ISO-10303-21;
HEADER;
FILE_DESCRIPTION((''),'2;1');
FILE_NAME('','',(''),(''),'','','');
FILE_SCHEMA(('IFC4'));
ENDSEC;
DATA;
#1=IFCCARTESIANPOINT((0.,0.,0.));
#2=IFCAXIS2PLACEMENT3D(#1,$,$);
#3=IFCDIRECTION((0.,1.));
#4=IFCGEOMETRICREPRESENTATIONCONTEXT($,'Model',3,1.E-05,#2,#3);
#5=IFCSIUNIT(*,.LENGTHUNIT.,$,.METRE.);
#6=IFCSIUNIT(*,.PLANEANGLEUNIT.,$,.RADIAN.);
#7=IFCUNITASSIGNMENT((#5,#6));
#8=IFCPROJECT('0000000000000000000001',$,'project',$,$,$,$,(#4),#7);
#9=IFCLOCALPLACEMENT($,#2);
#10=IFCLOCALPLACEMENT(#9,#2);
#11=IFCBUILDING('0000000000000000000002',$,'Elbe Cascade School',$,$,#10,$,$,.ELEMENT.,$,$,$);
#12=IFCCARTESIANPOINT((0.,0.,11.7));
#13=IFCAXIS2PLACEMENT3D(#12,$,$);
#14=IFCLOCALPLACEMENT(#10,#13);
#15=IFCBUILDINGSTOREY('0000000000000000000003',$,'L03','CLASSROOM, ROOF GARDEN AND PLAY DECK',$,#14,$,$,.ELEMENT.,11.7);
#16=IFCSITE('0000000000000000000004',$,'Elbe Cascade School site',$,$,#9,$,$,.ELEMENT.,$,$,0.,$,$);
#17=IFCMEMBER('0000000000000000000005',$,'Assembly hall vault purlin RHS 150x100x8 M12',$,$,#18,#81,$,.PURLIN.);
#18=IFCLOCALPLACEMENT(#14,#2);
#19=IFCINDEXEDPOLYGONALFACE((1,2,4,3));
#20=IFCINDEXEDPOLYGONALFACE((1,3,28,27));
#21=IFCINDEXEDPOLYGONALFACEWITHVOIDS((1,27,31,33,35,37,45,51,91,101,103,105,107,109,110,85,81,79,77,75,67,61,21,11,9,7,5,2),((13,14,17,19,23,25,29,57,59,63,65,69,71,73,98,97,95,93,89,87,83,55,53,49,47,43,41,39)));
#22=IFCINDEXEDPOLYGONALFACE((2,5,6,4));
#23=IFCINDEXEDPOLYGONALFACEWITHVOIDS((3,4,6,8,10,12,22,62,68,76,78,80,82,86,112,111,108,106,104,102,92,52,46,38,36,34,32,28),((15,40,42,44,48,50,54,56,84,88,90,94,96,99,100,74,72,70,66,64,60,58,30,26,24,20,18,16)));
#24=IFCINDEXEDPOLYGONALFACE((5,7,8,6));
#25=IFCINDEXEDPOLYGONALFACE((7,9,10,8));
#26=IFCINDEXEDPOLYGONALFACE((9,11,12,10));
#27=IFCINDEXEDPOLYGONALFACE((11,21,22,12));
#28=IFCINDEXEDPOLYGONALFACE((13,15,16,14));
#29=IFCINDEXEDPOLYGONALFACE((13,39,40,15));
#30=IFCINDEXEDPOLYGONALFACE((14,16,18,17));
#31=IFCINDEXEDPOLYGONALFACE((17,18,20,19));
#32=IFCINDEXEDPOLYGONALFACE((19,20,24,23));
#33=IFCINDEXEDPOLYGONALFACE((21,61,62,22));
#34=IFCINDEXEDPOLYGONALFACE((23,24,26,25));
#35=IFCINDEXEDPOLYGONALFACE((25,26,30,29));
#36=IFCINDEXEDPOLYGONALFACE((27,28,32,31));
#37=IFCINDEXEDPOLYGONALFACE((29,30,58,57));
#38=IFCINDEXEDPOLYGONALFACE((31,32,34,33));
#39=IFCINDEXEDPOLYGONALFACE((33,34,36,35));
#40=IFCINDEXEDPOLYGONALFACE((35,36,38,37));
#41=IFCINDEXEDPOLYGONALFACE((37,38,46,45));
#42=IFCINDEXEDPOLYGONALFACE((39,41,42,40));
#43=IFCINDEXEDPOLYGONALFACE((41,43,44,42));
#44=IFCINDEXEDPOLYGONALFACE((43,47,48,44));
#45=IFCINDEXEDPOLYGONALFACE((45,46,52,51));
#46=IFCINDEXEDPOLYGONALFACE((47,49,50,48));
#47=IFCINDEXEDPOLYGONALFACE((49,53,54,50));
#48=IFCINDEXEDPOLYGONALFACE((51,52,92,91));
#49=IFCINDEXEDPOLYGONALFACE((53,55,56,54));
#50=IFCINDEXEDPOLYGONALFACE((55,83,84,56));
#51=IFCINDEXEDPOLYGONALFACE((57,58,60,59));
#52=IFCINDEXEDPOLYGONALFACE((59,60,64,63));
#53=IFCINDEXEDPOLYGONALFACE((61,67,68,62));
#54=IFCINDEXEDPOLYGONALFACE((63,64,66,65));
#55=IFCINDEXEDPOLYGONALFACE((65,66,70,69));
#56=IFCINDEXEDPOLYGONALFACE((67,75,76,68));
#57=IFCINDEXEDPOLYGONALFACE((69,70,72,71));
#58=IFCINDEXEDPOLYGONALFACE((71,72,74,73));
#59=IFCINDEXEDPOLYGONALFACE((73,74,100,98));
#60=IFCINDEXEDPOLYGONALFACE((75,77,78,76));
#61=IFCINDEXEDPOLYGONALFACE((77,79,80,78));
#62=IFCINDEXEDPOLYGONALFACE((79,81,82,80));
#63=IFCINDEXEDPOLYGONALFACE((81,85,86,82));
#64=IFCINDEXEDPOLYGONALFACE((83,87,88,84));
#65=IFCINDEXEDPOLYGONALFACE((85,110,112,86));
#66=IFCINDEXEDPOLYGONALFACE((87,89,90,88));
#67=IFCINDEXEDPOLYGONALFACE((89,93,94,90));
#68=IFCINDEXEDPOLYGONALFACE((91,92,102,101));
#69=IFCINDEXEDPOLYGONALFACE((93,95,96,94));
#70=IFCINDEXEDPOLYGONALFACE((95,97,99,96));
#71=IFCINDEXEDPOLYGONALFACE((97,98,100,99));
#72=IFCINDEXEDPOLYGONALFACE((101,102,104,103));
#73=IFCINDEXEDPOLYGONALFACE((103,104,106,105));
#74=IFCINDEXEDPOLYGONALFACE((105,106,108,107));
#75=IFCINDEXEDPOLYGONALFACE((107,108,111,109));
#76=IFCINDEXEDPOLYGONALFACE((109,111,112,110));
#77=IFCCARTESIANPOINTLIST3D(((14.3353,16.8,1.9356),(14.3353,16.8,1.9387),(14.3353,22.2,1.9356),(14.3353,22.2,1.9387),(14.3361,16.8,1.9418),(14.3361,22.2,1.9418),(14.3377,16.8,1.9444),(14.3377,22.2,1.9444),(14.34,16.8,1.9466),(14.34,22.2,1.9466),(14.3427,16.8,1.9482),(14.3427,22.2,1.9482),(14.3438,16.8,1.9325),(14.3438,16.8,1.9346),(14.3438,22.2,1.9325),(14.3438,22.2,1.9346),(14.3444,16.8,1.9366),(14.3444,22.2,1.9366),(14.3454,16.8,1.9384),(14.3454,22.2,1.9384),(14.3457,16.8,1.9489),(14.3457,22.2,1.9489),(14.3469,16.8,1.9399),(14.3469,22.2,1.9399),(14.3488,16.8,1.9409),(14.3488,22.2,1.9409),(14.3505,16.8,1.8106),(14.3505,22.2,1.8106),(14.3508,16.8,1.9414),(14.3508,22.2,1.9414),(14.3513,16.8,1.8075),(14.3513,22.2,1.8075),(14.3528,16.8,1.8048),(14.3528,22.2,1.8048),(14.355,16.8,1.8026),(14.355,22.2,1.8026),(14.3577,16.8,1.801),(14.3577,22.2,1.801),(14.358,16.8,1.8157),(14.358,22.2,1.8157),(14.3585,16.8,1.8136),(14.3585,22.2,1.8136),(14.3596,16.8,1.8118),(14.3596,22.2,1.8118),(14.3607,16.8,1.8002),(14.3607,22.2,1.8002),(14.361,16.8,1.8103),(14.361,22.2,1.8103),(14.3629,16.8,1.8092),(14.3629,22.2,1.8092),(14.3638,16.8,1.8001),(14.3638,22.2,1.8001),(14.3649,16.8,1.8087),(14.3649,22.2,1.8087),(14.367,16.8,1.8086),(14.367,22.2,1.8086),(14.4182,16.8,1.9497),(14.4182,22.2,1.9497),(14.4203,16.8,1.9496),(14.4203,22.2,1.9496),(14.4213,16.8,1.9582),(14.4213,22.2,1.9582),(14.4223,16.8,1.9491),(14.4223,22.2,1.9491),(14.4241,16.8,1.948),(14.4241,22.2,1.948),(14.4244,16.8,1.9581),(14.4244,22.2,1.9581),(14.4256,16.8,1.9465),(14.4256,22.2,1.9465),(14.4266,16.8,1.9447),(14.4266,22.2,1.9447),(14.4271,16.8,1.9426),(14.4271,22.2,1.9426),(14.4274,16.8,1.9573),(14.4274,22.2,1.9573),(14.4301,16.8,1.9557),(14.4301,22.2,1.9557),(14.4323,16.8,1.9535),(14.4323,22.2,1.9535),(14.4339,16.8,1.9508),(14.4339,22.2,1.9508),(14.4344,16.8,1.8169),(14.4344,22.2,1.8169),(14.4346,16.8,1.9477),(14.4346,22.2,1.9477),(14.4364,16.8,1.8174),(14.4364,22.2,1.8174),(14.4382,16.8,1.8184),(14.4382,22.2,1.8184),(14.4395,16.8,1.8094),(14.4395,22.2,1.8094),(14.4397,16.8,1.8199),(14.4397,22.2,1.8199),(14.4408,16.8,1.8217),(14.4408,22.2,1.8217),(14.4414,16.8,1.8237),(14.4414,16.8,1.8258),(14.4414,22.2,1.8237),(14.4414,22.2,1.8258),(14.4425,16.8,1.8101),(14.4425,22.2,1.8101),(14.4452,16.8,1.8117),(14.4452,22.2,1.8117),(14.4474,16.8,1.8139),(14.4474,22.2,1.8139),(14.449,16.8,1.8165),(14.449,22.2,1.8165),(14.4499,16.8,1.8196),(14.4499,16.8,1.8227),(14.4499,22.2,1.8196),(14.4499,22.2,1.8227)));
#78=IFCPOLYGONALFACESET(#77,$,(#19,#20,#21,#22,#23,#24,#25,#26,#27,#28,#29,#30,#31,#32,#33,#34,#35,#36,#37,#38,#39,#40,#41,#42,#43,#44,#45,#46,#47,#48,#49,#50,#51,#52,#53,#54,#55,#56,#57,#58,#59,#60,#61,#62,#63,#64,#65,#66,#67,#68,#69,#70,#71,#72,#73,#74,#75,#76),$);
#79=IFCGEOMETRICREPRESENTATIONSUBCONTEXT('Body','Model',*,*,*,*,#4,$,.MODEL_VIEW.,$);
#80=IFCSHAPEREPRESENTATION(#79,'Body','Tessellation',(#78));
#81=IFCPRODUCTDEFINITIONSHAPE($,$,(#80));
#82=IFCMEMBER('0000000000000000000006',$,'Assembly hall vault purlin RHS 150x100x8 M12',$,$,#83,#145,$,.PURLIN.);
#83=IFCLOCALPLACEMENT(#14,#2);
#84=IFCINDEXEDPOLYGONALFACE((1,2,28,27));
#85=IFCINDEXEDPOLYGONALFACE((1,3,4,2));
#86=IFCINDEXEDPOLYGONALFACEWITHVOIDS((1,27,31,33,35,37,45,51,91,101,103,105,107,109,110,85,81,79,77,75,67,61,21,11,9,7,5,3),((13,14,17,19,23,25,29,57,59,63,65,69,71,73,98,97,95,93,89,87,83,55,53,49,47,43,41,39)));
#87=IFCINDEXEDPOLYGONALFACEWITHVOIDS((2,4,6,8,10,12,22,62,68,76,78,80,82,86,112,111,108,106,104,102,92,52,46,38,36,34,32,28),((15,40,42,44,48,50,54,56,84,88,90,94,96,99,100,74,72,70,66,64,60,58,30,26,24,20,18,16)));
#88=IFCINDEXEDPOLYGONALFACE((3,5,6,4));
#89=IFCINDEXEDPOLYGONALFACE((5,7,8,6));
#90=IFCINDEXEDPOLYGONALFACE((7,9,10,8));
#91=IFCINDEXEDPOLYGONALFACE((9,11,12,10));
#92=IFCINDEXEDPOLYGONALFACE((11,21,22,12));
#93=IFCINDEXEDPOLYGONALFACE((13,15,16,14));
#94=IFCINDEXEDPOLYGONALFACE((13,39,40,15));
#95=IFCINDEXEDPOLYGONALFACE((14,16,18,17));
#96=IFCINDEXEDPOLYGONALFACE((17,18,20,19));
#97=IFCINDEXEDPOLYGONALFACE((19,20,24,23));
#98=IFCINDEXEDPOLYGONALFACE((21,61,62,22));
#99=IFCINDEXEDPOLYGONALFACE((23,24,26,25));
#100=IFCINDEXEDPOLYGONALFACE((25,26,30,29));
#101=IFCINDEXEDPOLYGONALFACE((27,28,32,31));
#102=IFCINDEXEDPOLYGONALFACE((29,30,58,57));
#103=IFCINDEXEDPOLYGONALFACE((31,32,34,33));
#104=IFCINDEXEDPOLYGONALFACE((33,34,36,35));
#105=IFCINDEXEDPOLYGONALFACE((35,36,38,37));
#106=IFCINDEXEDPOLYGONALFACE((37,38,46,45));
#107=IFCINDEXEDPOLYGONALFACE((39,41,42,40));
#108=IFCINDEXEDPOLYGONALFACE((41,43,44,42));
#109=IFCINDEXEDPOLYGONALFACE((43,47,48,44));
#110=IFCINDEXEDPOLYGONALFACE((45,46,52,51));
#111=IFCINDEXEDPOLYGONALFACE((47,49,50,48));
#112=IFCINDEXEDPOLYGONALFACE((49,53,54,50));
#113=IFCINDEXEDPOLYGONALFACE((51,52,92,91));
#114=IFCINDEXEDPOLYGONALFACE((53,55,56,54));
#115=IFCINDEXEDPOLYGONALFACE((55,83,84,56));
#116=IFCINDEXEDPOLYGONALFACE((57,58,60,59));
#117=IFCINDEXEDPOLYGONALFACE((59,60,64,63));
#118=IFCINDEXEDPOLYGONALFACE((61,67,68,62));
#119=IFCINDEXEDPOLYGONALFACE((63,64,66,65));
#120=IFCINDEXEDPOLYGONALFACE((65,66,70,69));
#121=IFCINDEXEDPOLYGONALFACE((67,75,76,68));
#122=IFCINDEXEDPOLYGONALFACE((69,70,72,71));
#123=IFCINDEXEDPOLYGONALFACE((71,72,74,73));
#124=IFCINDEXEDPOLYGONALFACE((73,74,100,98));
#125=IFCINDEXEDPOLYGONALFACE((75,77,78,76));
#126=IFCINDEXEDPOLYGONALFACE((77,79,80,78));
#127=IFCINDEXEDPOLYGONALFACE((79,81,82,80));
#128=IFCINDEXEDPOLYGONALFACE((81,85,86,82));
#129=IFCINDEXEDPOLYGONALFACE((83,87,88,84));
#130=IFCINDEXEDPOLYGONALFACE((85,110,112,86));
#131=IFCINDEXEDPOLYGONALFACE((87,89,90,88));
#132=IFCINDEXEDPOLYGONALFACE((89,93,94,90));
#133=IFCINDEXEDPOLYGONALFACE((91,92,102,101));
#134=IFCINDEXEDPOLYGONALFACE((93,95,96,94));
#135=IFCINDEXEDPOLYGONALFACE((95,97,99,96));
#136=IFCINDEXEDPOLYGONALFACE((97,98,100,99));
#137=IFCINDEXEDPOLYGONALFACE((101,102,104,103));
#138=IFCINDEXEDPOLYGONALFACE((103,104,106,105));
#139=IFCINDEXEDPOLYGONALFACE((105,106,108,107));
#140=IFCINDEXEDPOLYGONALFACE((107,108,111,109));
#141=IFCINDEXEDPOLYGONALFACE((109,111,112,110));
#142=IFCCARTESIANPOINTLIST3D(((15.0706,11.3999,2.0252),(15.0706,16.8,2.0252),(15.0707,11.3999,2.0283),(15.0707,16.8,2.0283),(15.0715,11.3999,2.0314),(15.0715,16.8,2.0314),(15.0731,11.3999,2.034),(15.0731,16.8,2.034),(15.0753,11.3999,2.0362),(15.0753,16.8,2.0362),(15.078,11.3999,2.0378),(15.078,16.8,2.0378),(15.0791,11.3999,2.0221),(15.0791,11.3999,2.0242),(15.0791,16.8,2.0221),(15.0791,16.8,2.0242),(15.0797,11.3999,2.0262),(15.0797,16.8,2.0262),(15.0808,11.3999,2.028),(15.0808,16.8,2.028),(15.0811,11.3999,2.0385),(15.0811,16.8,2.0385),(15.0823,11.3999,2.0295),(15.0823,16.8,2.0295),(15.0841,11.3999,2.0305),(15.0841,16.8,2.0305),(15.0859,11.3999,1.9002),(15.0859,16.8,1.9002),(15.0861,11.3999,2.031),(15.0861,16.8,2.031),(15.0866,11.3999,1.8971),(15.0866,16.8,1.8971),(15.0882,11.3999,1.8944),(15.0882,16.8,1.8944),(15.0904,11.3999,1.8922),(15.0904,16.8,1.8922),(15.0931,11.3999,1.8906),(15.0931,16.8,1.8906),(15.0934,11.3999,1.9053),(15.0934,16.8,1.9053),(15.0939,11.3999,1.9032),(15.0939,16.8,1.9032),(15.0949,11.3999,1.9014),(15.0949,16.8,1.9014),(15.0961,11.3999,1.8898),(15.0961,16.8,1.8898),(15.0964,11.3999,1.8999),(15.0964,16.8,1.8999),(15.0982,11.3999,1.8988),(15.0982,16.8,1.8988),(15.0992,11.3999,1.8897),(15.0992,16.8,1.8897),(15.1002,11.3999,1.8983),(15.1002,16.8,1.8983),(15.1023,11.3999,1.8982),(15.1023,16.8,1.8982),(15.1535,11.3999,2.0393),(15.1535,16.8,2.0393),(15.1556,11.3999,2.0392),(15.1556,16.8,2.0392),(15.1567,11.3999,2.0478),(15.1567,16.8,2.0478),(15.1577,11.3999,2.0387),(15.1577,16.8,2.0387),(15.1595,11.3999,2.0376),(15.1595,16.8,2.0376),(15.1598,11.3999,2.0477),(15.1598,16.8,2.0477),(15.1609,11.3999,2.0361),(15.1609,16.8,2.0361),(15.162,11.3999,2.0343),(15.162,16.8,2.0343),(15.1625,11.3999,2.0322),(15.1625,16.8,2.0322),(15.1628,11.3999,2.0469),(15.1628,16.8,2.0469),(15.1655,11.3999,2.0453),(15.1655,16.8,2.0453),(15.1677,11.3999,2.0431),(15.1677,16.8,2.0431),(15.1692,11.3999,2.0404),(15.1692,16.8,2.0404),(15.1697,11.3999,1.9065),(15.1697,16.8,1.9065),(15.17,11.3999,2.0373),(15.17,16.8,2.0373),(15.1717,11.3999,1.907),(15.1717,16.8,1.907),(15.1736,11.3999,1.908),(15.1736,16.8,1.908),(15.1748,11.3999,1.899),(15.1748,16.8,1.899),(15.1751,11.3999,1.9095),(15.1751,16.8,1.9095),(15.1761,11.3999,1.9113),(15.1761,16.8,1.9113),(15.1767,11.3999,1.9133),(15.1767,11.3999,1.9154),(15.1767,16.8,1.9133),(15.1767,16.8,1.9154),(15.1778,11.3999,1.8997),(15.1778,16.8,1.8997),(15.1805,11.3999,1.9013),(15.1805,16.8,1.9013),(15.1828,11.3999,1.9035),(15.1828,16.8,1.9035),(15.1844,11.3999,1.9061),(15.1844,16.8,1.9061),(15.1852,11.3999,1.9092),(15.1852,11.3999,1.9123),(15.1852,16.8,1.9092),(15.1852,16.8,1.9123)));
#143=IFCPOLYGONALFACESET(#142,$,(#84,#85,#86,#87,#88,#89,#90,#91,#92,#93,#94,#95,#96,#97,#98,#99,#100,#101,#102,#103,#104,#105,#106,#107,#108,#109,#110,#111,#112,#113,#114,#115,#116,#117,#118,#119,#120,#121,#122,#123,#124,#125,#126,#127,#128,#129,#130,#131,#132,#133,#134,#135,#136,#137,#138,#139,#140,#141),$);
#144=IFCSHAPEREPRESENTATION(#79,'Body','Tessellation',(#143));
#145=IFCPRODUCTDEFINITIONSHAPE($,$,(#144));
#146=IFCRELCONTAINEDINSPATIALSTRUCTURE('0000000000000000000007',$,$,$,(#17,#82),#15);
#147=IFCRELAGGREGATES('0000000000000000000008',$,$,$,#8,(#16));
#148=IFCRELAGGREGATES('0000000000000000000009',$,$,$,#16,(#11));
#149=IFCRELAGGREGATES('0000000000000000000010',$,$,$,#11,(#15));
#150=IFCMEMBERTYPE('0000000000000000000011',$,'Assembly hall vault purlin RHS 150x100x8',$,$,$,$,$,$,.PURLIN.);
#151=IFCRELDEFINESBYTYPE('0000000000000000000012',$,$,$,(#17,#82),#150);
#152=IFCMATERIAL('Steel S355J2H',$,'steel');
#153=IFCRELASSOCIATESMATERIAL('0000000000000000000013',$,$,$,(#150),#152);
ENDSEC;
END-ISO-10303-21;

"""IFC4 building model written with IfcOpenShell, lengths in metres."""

from ifc_helpers import new_model, si_unit, direction, frame, origin, origin_2d, place, context, subcontext, project, spatial, hollow_rectangle, extrude, material, material_profile, profile_set, type_object, element, save


model = new_model("IFC4")

# Units and contexts
model_context = context("Model", 3, precision=1e-05, world=origin(), true_north=direction((0.0, 1.0)))
body_context = subcontext(model_context, "Body", "Model", "MODEL_VIEW")
ifc_project = project(units=[si_unit("LENGTHUNIT", "METRE"), si_unit("PLANEANGLEUNIT", "RADIAN")], contexts=[model_context])

# Site, building, storey
site_placement = place(None, origin())
site = spatial("IfcSite", under=ifc_project, at=site_placement, Name="Elbe Cascade School site", CompositionType="ELEMENT", RefElevation=0.0)
building_placement = place(site_placement, origin())
building = spatial("IfcBuilding", under=site, at=building_placement, Name="Elbe Cascade School", CompositionType="ELEMENT")
storey_placement = place(building_placement, frame((0.0, 0.0, 11.7)))
storey = spatial("IfcBuildingStorey", under=building, at=storey_placement, Name="L03", Description="CLASSROOM, ROOF GARDEN AND PLAY DECK", CompositionType="ELEMENT", Elevation=11.7)

# Members
ifc_material_1 = material(Name="Steel S355J2H", Category="steel")
ifc_material_profile_1 = material_profile(ifc_material_1, hollow_rectangle(XDim=0.1001, YDim=0.1499, WallThickness=0.0081, InnerFilletRadius=0.0081, OuterFilletRadius=0.012, at=origin_2d()), Name="RHS 150x100x8")
ifc_profile_set_1 = profile_set([ifc_material_profile_1], Name="Steel S355J2H")
member_type_1 = type_object("IfcMemberType", Name="Assembly hall vault purlin RHS 150x100x8", PredefinedType="PURLIN", material=ifc_profile_set_1)
member_1_placement = place(storey_placement, frame((14.3926, 16.8, 1.8792), z_axis=(0.0, 1.0, 0.0), x_axis=(-0.992652, 0.0, -0.121003)))
element("IfcMember", 1, at=member_1_placement, inside=storey, type_object=member_type_1, Name="Assembly hall vault purlin RHS 150x100x8 M12", PredefinedType="PURLIN", context=body_context, shape_type="SweptSolid", body=[
    extrude(hollow_rectangle(XDim=0.1001, YDim=0.1499, WallThickness=0.0081, InnerFilletRadius=0.0081, OuterFilletRadius=0.012, at=origin_2d()), origin(), (0.0, 0.0, 1.0), 5.3999),
])
member_2_placement = place(storey_placement, frame((15.1279, 11.3999, 1.9688), z_axis=(0.0, 1.0, 0.0), x_axis=(-0.992652, 0.0, -0.121003)))
element("IfcMember", 2, at=member_2_placement, inside=storey, type_object=member_type_1, Name="Assembly hall vault purlin RHS 150x100x8 M12", PredefinedType="PURLIN", context=body_context, shape_type="SweptSolid", body=[
    extrude(hollow_rectangle(XDim=0.1001, YDim=0.1499, WallThickness=0.0081, InnerFilletRadius=0.0081, OuterFilletRadius=0.012, at=origin_2d()), origin(), (0.0, 0.0, 1.0), 5.4001),
])

save(model, "model.ifc")
